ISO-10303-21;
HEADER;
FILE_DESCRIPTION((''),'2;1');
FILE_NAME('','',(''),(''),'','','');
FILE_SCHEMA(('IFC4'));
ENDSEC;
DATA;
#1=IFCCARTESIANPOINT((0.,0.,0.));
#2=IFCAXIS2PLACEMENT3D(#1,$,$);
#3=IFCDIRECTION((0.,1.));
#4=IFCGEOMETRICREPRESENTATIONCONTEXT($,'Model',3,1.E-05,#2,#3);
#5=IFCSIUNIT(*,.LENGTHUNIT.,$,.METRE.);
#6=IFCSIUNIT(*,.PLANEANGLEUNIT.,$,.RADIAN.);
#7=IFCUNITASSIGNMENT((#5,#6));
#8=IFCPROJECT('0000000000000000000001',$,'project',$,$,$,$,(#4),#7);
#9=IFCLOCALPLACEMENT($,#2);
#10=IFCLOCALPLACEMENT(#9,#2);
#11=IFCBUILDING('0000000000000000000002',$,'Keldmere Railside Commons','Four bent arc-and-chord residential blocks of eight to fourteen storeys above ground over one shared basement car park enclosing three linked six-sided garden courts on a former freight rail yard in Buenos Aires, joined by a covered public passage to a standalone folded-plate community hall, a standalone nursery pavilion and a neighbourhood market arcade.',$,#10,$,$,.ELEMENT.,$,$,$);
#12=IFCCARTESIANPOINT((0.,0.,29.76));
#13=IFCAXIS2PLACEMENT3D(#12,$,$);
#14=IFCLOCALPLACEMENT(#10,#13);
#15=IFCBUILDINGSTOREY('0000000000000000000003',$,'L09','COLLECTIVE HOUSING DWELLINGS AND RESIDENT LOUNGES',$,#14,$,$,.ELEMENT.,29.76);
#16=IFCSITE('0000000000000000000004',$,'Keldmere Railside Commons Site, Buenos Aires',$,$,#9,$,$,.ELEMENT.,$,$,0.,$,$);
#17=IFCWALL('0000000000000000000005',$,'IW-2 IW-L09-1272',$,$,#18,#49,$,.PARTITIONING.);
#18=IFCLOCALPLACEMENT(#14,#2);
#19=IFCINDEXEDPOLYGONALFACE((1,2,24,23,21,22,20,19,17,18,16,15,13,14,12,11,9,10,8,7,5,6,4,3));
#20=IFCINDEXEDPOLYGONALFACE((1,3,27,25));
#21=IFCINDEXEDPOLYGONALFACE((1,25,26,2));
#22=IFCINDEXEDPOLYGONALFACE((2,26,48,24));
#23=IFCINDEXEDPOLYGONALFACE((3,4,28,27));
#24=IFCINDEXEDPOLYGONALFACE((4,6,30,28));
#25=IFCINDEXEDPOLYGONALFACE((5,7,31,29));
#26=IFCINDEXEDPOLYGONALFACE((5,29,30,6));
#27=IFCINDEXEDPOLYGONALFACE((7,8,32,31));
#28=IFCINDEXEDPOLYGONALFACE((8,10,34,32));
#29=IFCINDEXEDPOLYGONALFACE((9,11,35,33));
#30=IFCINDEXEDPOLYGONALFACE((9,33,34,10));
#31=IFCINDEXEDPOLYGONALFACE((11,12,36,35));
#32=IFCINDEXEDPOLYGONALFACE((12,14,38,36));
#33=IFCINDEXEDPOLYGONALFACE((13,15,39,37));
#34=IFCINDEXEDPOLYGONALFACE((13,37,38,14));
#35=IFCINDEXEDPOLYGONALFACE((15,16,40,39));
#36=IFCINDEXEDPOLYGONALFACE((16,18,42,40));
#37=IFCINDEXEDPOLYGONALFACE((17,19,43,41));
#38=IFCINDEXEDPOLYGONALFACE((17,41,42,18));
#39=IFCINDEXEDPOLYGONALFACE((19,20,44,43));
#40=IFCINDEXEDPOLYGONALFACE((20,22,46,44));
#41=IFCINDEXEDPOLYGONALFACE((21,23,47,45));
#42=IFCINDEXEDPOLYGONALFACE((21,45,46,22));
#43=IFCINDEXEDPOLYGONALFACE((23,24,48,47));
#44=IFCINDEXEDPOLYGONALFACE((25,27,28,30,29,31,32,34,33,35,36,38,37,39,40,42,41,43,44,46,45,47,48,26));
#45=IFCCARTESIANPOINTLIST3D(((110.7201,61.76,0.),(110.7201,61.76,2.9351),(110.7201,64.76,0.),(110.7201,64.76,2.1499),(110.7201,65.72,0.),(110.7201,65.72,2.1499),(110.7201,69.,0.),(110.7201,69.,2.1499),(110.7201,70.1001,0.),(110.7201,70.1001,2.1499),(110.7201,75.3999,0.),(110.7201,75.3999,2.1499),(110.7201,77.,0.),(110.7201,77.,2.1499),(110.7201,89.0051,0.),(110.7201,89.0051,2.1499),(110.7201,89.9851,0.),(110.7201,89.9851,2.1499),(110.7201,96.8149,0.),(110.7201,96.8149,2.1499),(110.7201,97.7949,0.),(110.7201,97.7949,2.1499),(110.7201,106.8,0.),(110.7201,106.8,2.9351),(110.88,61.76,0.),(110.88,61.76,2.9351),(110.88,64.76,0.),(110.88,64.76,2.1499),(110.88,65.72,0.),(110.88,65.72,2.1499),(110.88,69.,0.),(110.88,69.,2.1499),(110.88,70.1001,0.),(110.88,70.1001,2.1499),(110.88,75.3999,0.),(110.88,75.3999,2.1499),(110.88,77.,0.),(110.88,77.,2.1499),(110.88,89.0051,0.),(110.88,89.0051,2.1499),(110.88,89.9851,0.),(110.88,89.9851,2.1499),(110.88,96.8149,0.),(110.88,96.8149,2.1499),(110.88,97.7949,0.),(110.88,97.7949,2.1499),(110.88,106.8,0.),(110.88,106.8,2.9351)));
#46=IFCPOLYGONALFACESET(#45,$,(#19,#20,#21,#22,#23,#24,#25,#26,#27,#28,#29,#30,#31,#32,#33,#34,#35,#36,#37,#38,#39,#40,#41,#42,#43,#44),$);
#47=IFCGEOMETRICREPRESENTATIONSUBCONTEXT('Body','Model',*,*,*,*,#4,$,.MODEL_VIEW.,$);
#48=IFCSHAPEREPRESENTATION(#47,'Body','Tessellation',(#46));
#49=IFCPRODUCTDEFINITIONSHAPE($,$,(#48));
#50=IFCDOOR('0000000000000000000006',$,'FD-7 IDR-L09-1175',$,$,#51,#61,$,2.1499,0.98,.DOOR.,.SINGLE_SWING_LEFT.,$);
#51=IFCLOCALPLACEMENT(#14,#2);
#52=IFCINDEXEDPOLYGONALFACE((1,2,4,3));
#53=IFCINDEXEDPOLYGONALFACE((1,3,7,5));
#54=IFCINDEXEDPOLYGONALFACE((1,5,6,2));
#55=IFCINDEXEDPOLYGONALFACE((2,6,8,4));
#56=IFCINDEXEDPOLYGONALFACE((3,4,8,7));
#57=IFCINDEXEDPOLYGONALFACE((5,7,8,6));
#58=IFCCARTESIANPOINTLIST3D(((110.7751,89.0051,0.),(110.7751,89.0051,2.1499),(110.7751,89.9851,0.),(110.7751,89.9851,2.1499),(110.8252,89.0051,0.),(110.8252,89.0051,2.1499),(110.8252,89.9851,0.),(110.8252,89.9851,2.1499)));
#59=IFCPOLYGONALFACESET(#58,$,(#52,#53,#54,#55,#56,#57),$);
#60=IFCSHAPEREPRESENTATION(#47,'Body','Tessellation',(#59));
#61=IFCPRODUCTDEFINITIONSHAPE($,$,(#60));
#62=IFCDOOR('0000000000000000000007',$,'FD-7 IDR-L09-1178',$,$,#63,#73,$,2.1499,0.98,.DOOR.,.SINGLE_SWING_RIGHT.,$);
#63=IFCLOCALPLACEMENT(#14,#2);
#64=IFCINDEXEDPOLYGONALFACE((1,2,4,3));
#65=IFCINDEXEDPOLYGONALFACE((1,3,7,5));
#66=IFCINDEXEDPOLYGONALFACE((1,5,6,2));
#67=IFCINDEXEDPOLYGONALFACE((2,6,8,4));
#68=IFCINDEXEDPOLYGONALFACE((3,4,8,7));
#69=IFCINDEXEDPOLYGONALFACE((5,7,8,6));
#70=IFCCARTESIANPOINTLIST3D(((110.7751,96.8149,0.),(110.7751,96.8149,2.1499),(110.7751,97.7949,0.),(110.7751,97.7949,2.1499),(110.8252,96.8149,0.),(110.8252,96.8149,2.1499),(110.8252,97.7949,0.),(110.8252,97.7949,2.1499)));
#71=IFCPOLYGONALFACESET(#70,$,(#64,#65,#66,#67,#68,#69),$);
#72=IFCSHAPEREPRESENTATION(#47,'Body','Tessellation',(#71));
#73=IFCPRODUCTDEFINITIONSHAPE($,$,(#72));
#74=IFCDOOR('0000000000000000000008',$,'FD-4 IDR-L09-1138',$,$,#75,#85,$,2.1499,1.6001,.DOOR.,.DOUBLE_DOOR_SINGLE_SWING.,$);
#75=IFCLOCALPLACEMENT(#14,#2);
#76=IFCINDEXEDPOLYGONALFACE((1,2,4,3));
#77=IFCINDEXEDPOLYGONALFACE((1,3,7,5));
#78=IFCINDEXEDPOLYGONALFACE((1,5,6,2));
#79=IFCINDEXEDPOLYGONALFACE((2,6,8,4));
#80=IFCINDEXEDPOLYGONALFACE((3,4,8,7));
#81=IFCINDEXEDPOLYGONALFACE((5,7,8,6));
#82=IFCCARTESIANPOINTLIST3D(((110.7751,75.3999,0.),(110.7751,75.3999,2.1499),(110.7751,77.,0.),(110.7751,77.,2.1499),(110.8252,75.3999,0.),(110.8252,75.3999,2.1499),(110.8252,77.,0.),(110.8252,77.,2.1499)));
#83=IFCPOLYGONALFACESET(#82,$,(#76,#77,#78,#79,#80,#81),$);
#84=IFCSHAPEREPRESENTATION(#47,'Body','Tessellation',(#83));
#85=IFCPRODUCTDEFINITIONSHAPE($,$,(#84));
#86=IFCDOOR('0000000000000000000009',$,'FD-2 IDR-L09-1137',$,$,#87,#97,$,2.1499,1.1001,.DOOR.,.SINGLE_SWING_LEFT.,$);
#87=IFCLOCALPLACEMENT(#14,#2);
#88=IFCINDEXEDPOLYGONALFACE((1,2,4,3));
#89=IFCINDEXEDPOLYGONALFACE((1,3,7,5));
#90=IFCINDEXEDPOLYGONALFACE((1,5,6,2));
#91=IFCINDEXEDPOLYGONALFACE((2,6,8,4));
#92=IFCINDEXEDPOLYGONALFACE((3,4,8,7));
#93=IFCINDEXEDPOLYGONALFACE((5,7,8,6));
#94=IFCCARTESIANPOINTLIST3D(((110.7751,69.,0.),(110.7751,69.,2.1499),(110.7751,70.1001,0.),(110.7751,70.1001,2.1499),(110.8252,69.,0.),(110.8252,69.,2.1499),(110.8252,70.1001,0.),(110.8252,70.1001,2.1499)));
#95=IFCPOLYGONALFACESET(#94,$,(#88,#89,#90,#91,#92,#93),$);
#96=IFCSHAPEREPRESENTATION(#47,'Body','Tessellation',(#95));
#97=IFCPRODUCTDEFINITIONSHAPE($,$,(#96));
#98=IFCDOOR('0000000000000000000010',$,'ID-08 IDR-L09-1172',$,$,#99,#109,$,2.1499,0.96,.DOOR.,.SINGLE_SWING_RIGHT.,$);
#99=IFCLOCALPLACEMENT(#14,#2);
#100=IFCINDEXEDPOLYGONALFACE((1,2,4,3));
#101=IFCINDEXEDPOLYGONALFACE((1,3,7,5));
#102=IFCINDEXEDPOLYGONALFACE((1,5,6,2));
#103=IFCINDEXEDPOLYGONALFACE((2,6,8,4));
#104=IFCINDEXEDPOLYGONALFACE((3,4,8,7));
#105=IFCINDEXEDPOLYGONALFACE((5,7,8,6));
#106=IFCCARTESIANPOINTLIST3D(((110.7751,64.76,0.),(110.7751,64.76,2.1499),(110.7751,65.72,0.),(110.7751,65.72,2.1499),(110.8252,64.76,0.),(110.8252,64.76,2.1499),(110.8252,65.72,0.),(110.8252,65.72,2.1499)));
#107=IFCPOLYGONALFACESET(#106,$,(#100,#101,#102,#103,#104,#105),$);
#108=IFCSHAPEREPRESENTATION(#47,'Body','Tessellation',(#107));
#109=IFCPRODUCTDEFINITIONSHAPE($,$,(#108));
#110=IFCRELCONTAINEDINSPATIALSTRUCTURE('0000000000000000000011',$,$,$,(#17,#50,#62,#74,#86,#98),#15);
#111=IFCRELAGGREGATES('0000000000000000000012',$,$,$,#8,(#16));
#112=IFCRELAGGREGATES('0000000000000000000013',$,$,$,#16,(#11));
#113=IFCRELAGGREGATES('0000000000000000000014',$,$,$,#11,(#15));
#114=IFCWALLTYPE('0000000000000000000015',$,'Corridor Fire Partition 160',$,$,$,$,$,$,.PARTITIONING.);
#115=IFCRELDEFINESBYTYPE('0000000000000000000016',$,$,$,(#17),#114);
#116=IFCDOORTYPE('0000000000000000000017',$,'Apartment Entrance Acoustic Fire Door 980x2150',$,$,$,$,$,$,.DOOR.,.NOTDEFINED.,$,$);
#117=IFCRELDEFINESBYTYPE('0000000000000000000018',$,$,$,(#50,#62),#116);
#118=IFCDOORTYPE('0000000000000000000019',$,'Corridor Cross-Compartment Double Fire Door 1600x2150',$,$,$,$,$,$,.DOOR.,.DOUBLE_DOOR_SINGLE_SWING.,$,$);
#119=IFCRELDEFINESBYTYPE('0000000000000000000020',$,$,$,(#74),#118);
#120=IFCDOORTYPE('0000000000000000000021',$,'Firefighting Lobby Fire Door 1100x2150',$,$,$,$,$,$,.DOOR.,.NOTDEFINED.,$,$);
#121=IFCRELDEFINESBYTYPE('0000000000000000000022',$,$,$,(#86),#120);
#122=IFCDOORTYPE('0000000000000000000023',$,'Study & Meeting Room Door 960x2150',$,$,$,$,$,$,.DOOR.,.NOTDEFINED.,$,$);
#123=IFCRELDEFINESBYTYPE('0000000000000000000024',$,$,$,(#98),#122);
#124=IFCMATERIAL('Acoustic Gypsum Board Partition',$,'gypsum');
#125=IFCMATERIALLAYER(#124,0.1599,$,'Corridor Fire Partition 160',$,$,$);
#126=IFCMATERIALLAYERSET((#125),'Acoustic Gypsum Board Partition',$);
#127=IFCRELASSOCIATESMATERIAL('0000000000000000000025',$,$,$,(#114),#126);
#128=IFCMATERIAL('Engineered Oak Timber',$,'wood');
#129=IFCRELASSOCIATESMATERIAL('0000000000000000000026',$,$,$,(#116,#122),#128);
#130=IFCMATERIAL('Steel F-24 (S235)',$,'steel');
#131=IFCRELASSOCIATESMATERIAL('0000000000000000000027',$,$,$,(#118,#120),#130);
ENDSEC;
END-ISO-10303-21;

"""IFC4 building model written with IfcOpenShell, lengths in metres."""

from ifc_helpers import new_model, si_unit, direction, frame, frame_2d, origin, place, context, subcontext, project, spatial, rectangle, extrude, material, layer, layer_set, type_object, element, fill, save


model = new_model("IFC4")

# Units and contexts
model_context = context("Model", 3, precision=1e-05, world=origin(), true_north=direction((0.0, 1.0)))
body_context = subcontext(model_context, "Body", "Model", "MODEL_VIEW")
ifc_project = project(units=[si_unit("LENGTHUNIT", "METRE"), si_unit("PLANEANGLEUNIT", "RADIAN")], contexts=[model_context])

# Site, building, storey
site_placement = place(None, origin())
site = spatial("IfcSite", under=ifc_project, at=site_placement, Name="Keldmere Railside Commons Site, Buenos Aires", CompositionType="ELEMENT", RefElevation=0.0)
building_placement = place(site_placement, origin())
building = spatial("IfcBuilding", under=site, at=building_placement, Name="Keldmere Railside Commons", Description="Four bent arc-and-chord residential blocks of eight to fourteen storeys above ground over one shared basement car park enclosing three linked six-sided garden courts on a former freight rail yard in Buenos Aires, joined by a covered public passage to a standalone folded-plate community hall, a standalone nursery pavilion and a neighbourhood market arcade.", CompositionType="ELEMENT")
storey_placement = place(building_placement, frame((0.0, 0.0, 29.76)))
storey = spatial("IfcBuildingStorey", under=building, at=storey_placement, Name="L09", Description="COLLECTIVE HOUSING DWELLINGS AND RESIDENT LOUNGES", CompositionType="ELEMENT", Elevation=29.76)

# Shared definitions
ifc_material_1 = material(Name="Acoustic Gypsum Board Partition", Category="gypsum")
ifc_material_2 = material(Name="Engineered Oak Timber", Category="wood")

# Wall, openings, doors
ifc_layer_1 = layer(ifc_material_1, 0.1599, Name="Corridor Fire Partition 160")
ifc_layer_set_1 = layer_set([ifc_layer_1], Name="Acoustic Gypsum Board Partition")
wall_type_1 = type_object("IfcWallType", Name="Corridor Fire Partition 160", PredefinedType="PARTITIONING", material=ifc_layer_set_1)
wall_1_placement = place(storey_placement, frame((110.8, 61.76, 0.0), z_axis=(0.0, 0.0, 1.0), x_axis=(0.0, 1.0, 0.0)))
wall_1 = element("IfcWall", 1, at=wall_1_placement, inside=storey, type_object=wall_type_1, Name="IW-2 IW-L09-1272", PredefinedType="PARTITIONING", context=body_context, shape_type="SweptSolid", body=[
    extrude(rectangle(XDim=45.04, YDim=0.1599, at=frame_2d((22.52, 0.0))), origin(), (0.0, 0.0, 1.0), 2.9351),
])
opening_1_placement = place(wall_1_placement, frame((7.24, 0.0, 0.0)))
opening_1 = element("IfcOpeningElement", 2, at=opening_1_placement, cuts=wall_1, PredefinedType="OPENING", context=body_context, shape_type="SweptSolid", body=[
    extrude(rectangle(XDim=1.1001, YDim=2.1499, at=frame_2d((0.55, 1.075))), frame((0.0, 0.0898, 0.0), z_axis=(0.0, -1.0, 0.0), x_axis=(1.0, 0.0, 0.0)), (0.0, 0.0, 1.0), 0.1799),
])
opening_2_placement = place(wall_1_placement, frame((13.6399, 0.0, 0.0)))
opening_2 = element("IfcOpeningElement", 3, at=opening_2_placement, cuts=wall_1, PredefinedType="OPENING", context=body_context, shape_type="SweptSolid", body=[
    extrude(rectangle(XDim=1.6001, YDim=2.1499, at=frame_2d((0.8, 1.075))), frame((0.0, 0.0898, 0.0), z_axis=(0.0, -1.0, 0.0), x_axis=(1.0, 0.0, 0.0)), (0.0, 0.0, 1.0), 0.1799),
])
opening_3_placement = place(wall_1_placement, frame((3.0, 0.0, 0.0)))
opening_3 = element("IfcOpeningElement", 4, at=opening_3_placement, cuts=wall_1, PredefinedType="OPENING", context=body_context, shape_type="SweptSolid", body=[
    extrude(rectangle(XDim=0.96, YDim=2.1499, at=frame_2d((0.48, 1.075))), frame((0.0, 0.0898, 0.0), z_axis=(0.0, -1.0, 0.0), x_axis=(1.0, 0.0, 0.0)), (0.0, 0.0, 1.0), 0.1799),
])
opening_4_placement = place(wall_1_placement, frame((27.2451, 0.0, 0.0)))
opening_4 = element("IfcOpeningElement", 5, at=opening_4_placement, cuts=wall_1, PredefinedType="OPENING", context=body_context, shape_type="SweptSolid", body=[
    extrude(rectangle(XDim=0.98, YDim=2.1499, at=frame_2d((0.49, 1.075))), frame((0.0, 0.0898, 0.0), z_axis=(0.0, -1.0, 0.0), x_axis=(1.0, 0.0, 0.0)), (0.0, 0.0, 1.0), 0.1799),
])
opening_5_placement = place(wall_1_placement, frame((35.0549, 0.0, 0.0)))
opening_5 = element("IfcOpeningElement", 6, at=opening_5_placement, cuts=wall_1, PredefinedType="OPENING", context=body_context, shape_type="SweptSolid", body=[
    extrude(rectangle(XDim=0.98, YDim=2.1499, at=frame_2d((0.49, 1.075))), frame((0.0, 0.0898, 0.0), z_axis=(0.0, -1.0, 0.0), x_axis=(1.0, 0.0, 0.0)), (0.0, 0.0, 1.0), 0.1799),
])
door_type_1 = type_object("IfcDoorType", Name="Apartment Entrance Acoustic Fire Door 980x2150", OperationType="NOTDEFINED", PredefinedType="DOOR", material=ifc_material_2)
door_1_placement = place(opening_4_placement, origin())
door_1 = element("IfcDoor", 7, at=door_1_placement, inside=storey, type_object=door_type_1, Name="FD-7 IDR-L09-1175", OperationType="SINGLE_SWING_LEFT", OverallHeight=2.1499, OverallWidth=0.98, PredefinedType="DOOR", context=body_context, shape_type="SweptSolid", body=[
    extrude(rectangle(XDim=0.98, YDim=2.1499, at=frame_2d((0.49, 1.075))), frame((0.0, 0.0249, 0.0), z_axis=(0.0, -1.0, 0.0), x_axis=(1.0, 0.0, 0.0)), (0.0, 0.0, 1.0), 0.05),
])
fill(opening_4, door_1)
door_2_placement = place(opening_5_placement, origin())
door_2 = element("IfcDoor", 8, at=door_2_placement, inside=storey, type_object=door_type_1, Name="FD-7 IDR-L09-1178", OperationType="SINGLE_SWING_RIGHT", OverallHeight=2.1499, OverallWidth=0.98, PredefinedType="DOOR", context=body_context, shape_type="SweptSolid", body=[
    extrude(rectangle(XDim=0.98, YDim=2.1499, at=frame_2d((0.49, 1.075))), frame((0.0, 0.0249, 0.0), z_axis=(0.0, -1.0, 0.0), x_axis=(1.0, 0.0, 0.0)), (0.0, 0.0, 1.0), 0.05),
])
fill(opening_5, door_2)
ifc_material_3 = material(Name="Steel F-24 (S235)", Category="steel")
door_type_2 = type_object("IfcDoorType", Name="Corridor Cross-Compartment Double Fire Door 1600x2150", OperationType="DOUBLE_DOOR_SINGLE_SWING", PredefinedType="DOOR", material=ifc_material_3)
door_3_placement = place(opening_2_placement, origin())
door_3 = element("IfcDoor", 9, at=door_3_placement, inside=storey, type_object=door_type_2, Name="FD-4 IDR-L09-1138", OperationType="DOUBLE_DOOR_SINGLE_SWING", OverallHeight=2.1499, OverallWidth=1.6001, PredefinedType="DOOR", context=body_context, shape_type="SweptSolid", body=[
    extrude(rectangle(XDim=1.6001, YDim=2.1499, at=frame_2d((0.8, 1.075))), frame((0.0, 0.0249, 0.0), z_axis=(0.0, -1.0, 0.0), x_axis=(1.0, 0.0, 0.0)), (0.0, 0.0, 1.0), 0.05),
])
fill(opening_2, door_3)
door_type_3 = type_object("IfcDoorType", Name="Firefighting Lobby Fire Door 1100x2150", OperationType="NOTDEFINED", PredefinedType="DOOR", material=ifc_material_3)
door_4_placement = place(opening_1_placement, origin())
door_4 = element("IfcDoor", 10, at=door_4_placement, inside=storey, type_object=door_type_3, Name="FD-2 IDR-L09-1137", OperationType="SINGLE_SWING_LEFT", OverallHeight=2.1499, OverallWidth=1.1001, PredefinedType="DOOR", context=body_context, shape_type="SweptSolid", body=[
    extrude(rectangle(XDim=1.1001, YDim=2.1499, at=frame_2d((0.55, 1.075))), frame((0.0, 0.0249, 0.0), z_axis=(0.0, -1.0, 0.0), x_axis=(1.0, 0.0, 0.0)), (0.0, 0.0, 1.0), 0.05),
])
fill(opening_1, door_4)
door_type_4 = type_object("IfcDoorType", Name="Study & Meeting Room Door 960x2150", OperationType="NOTDEFINED", PredefinedType="DOOR", material=ifc_material_2)
door_5_placement = place(opening_3_placement, origin())
door_5 = element("IfcDoor", 11, at=door_5_placement, inside=storey, type_object=door_type_4, Name="ID-08 IDR-L09-1172", OperationType="SINGLE_SWING_RIGHT", OverallHeight=2.1499, OverallWidth=0.96, PredefinedType="DOOR", context=body_context, shape_type="SweptSolid", body=[
    extrude(rectangle(XDim=0.96, YDim=2.1499, at=frame_2d((0.48, 1.075))), frame((0.0, 0.0249, 0.0), z_axis=(0.0, -1.0, 0.0), x_axis=(1.0, 0.0, 0.0)), (0.0, 0.0, 1.0), 0.05),
])
fill(opening_3, door_5)

save(model, "model.ifc")
